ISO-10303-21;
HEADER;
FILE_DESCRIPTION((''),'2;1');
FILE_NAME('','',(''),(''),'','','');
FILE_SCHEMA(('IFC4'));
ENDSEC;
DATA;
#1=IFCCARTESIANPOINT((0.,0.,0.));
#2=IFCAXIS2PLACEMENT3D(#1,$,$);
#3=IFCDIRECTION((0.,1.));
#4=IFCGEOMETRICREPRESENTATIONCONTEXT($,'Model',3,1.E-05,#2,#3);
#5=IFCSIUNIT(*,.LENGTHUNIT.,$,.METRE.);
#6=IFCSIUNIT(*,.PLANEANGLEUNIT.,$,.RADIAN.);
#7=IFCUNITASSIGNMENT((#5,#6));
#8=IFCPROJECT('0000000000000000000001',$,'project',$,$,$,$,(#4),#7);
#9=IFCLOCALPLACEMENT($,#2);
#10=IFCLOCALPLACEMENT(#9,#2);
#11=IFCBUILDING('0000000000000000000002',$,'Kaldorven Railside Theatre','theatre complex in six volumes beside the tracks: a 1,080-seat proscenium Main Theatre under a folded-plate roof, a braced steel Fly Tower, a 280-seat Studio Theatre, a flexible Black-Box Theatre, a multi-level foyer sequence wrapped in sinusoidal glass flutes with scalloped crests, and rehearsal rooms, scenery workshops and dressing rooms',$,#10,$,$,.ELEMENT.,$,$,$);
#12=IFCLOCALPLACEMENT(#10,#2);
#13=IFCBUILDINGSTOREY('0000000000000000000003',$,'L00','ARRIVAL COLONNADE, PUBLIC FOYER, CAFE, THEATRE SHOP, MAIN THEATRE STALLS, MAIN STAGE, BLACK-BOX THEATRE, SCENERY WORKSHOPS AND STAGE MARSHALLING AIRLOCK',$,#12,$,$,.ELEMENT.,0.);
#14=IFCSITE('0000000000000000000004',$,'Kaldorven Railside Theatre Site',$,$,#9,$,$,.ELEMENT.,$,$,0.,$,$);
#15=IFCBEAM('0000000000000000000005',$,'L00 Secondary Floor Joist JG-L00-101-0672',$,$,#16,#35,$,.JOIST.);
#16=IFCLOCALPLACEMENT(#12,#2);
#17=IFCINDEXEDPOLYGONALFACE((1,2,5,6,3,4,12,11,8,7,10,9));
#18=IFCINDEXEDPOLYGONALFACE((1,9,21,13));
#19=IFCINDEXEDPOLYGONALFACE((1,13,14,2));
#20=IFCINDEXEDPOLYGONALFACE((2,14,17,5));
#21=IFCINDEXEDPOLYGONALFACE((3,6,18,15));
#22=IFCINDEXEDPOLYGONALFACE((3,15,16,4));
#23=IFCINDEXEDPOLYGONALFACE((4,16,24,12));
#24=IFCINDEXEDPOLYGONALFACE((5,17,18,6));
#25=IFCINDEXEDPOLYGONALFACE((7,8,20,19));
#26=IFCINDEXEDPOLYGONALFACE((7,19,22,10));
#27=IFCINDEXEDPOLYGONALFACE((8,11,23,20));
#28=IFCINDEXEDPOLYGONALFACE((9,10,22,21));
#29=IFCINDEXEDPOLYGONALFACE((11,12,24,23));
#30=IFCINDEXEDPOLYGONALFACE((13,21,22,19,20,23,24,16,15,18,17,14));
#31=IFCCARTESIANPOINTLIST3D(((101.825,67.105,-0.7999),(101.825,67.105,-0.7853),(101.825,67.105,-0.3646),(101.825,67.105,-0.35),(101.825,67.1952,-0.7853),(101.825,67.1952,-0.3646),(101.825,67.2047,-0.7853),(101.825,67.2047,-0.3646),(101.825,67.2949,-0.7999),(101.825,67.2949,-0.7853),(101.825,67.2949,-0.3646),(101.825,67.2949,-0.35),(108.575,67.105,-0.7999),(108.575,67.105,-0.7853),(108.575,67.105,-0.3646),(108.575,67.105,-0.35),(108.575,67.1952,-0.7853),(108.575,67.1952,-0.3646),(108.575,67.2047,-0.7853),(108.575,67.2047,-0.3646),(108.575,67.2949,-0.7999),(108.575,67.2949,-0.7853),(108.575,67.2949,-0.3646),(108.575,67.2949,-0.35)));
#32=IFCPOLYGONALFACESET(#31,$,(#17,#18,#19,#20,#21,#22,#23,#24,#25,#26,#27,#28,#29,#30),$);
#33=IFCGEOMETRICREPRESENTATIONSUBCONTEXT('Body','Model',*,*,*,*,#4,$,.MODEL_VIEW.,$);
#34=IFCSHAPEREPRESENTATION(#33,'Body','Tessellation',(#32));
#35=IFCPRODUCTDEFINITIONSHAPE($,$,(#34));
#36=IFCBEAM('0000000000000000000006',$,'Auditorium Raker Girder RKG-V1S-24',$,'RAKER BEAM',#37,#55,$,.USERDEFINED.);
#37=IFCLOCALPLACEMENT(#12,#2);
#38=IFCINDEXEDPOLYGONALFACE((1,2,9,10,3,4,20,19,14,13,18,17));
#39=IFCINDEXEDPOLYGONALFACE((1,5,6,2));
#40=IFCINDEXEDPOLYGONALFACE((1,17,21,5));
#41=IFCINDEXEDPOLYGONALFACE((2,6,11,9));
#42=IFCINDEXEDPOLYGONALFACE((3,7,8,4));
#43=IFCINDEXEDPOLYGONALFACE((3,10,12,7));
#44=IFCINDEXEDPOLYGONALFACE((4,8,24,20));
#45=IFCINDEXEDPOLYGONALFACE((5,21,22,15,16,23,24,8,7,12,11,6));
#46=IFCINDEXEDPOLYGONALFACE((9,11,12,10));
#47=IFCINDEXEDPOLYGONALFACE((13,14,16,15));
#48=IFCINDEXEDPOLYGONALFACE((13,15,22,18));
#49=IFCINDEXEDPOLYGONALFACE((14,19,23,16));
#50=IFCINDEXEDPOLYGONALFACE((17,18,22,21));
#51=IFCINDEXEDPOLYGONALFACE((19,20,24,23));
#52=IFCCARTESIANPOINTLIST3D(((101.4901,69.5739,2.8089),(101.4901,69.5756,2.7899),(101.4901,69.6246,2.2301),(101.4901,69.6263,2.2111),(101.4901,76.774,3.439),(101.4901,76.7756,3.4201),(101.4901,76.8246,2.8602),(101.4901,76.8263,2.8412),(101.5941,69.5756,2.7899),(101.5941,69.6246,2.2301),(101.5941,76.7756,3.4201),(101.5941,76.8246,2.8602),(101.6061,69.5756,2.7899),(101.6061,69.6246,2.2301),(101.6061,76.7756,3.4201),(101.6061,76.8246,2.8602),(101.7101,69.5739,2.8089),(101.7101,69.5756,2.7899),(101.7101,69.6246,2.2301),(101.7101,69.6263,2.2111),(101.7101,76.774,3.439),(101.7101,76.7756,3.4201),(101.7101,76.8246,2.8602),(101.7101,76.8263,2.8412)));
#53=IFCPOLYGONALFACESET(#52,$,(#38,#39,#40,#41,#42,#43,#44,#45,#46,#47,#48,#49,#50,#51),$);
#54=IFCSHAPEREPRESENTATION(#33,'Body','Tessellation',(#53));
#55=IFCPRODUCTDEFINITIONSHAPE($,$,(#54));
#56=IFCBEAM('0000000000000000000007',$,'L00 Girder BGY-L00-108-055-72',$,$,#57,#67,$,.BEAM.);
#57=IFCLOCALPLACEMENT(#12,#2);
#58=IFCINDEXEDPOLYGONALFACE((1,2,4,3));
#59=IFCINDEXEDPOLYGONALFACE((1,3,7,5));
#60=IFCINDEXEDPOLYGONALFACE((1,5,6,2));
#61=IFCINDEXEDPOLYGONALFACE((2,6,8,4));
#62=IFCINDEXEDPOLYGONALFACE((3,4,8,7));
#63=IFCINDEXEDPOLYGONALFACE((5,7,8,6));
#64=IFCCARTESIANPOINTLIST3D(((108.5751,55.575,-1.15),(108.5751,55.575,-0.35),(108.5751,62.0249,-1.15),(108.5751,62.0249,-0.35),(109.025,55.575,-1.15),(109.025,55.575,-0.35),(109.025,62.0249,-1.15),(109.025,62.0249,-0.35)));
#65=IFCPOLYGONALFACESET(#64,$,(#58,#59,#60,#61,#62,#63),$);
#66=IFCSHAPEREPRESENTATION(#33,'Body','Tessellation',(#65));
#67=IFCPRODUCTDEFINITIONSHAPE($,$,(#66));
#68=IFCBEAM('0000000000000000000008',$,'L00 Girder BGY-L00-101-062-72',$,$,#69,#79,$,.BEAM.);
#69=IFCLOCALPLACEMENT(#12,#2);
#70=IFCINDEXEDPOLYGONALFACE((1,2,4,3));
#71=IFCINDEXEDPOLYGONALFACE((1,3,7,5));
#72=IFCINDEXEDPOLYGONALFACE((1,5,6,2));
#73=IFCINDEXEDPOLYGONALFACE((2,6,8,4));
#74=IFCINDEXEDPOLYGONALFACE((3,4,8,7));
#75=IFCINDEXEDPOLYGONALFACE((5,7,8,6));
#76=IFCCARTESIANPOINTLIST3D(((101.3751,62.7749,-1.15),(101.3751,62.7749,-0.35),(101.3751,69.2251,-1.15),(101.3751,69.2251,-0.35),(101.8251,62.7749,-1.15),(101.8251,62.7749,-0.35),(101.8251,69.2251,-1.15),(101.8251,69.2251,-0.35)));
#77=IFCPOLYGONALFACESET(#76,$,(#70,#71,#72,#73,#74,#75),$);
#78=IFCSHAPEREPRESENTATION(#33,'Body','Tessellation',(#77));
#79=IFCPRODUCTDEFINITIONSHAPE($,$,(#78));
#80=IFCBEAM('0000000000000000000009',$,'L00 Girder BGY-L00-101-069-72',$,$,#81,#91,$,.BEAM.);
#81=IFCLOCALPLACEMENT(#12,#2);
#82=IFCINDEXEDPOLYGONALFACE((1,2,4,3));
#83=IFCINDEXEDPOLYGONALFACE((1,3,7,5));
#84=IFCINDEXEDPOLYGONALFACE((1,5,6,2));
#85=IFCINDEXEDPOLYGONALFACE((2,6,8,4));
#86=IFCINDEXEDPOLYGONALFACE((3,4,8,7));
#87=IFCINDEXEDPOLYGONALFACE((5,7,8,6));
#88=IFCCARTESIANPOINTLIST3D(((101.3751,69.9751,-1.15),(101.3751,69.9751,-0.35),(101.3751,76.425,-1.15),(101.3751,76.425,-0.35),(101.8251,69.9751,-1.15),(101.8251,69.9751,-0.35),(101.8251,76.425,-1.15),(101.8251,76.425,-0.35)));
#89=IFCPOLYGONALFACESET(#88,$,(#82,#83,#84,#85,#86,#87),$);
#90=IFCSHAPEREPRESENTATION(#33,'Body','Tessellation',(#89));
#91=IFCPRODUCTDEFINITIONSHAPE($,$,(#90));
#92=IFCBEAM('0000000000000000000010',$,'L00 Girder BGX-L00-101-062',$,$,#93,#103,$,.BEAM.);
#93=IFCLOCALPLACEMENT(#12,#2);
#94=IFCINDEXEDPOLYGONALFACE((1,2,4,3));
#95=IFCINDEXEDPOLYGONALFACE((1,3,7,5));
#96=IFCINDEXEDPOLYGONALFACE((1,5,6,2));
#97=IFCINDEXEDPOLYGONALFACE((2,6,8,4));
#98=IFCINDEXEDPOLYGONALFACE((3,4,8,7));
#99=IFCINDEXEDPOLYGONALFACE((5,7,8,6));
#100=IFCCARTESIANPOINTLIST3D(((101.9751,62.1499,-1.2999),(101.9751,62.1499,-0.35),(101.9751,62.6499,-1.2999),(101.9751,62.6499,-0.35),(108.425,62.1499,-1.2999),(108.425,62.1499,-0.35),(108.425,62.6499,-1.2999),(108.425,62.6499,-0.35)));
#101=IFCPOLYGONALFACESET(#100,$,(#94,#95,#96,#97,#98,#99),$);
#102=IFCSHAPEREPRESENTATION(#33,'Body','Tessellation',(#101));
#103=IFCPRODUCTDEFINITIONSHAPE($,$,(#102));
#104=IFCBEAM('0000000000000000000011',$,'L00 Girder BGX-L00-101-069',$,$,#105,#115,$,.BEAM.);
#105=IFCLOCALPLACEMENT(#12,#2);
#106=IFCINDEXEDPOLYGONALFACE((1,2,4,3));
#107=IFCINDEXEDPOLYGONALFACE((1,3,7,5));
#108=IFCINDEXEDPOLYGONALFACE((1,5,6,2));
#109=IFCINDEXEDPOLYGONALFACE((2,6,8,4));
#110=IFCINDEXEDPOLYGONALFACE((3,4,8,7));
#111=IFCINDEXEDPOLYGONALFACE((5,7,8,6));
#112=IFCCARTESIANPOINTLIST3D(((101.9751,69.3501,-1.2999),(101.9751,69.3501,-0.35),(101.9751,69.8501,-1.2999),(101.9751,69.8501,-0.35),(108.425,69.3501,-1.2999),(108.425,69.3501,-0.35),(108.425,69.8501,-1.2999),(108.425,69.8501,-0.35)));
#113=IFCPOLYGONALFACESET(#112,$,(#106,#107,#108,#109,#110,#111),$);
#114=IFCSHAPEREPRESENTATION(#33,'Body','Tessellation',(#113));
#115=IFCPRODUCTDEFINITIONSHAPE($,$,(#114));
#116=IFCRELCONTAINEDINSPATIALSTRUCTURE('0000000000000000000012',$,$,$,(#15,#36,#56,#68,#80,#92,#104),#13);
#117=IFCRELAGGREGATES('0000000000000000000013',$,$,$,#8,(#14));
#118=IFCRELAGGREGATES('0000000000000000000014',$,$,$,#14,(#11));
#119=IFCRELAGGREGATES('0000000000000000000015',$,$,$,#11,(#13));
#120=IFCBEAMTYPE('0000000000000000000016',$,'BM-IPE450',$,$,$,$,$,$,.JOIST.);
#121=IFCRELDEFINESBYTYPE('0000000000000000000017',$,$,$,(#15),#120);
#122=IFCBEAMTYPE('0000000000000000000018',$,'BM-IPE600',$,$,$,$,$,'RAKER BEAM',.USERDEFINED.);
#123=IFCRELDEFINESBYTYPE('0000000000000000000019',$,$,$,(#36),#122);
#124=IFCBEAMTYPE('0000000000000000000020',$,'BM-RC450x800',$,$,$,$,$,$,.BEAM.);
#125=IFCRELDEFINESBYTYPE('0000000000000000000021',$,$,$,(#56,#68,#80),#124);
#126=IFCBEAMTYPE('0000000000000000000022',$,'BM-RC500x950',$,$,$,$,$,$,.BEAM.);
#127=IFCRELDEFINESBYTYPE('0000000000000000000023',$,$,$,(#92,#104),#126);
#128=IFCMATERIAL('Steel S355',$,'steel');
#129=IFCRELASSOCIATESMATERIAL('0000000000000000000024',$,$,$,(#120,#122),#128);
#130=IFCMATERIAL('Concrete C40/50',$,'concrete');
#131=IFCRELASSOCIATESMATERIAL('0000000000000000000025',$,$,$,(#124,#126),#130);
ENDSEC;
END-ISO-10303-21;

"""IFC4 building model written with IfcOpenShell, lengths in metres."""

from ifc_helpers import new_model, si_unit, direction, frame, origin, origin_2d, place, context, subcontext, project, spatial, rectangle, i_section, extrude, material, material_profile, profile_set, type_object, element, save


model = new_model("IFC4")

# Units and contexts
model_context = context("Model", 3, precision=1e-05, world=origin(), true_north=direction((0.0, 1.0)))
body_context = subcontext(model_context, "Body", "Model", "MODEL_VIEW")
ifc_project = project(units=[si_unit("LENGTHUNIT", "METRE"), si_unit("PLANEANGLEUNIT", "RADIAN")], contexts=[model_context])

# Site, building, storey
site_placement = place(None, origin())
site = spatial("IfcSite", under=ifc_project, at=site_placement, Name="Kaldorven Railside Theatre Site", CompositionType="ELEMENT", RefElevation=0.0)
building_placement = place(site_placement, origin())
building = spatial("IfcBuilding", under=site, at=building_placement, Name="Kaldorven Railside Theatre", Description="theatre complex in six volumes beside the tracks: a 1,080-seat proscenium Main Theatre under a folded-plate roof, a braced steel Fly Tower, a 280-seat Studio Theatre, a flexible Black-Box Theatre, a multi-level foyer sequence wrapped in sinusoidal glass flutes with scalloped crests, and rehearsal rooms, scenery workshops and dressing rooms", CompositionType="ELEMENT")
storey_placement = place(building_placement, origin())
storey = spatial("IfcBuildingStorey", under=building, at=storey_placement, Name="L00", Description="ARRIVAL COLONNADE, PUBLIC FOYER, CAFE, THEATRE SHOP, MAIN THEATRE STALLS, MAIN STAGE, BLACK-BOX THEATRE, SCENERY WORKSHOPS AND STAGE MARSHALLING AIRLOCK", CompositionType="ELEMENT", Elevation=0.0)

# Shared definitions
ifc_material_1 = material(Name="Steel S355", Category="steel")

# Beams
ifc_material_profile_1 = material_profile(ifc_material_1, i_section(OverallWidth=0.1899, OverallDepth=0.45, WebThickness=0.0095, FlangeThickness=0.0146, at=origin_2d()), Name="IPE 450")
ifc_profile_set_1 = profile_set([ifc_material_profile_1], Name="Steel S355")
beam_type_1 = type_object("IfcBeamType", Name="BM-IPE450", PredefinedType="JOIST", material=ifc_profile_set_1)
for number, where, z_axis, x_axis, name in (
    (1, (101.825, 67.2, -0.575), (1.0, 0.0, 0.0), (0.0, 1.0, 0.0), "L00 Secondary Floor Joist JG-L00-101-0672"),
):
    element("IfcBeam", number, at=place(storey_placement, frame(where, z_axis=z_axis, x_axis=x_axis)), inside=storey, type_object=beam_type_1, Name=name, PredefinedType="JOIST", context=body_context, shape_type="SweptSolid", body=[
        extrude(i_section(OverallWidth=0.1899, OverallDepth=0.45, WebThickness=0.0095, FlangeThickness=0.0146, at=origin_2d()), origin(), (0.0, 0.0, 1.0), 6.75),
    ])
ifc_material_profile_2 = material_profile(ifc_material_1, i_section(OverallWidth=0.22, OverallDepth=0.6001, WebThickness=0.012, FlangeThickness=0.019, at=origin_2d()), Name="IPE 600")
ifc_profile_set_2 = profile_set([ifc_material_profile_2], Name="Steel S355")
beam_type_2 = type_object("IfcBeamType", Name="BM-IPE600", ElementType="RAKER BEAM", PredefinedType="USERDEFINED", material=ifc_profile_set_2)
beam_1_placement = place(storey_placement, frame((101.6001, 69.6001, 2.51), z_axis=(0.0, 0.996192, 0.087185), x_axis=(-1.0, 0.0, 0.0)))
element("IfcBeam", 2, at=beam_1_placement, inside=storey, type_object=beam_type_2, Name="Auditorium Raker Girder RKG-V1S-24", ObjectType="RAKER BEAM", PredefinedType="USERDEFINED", context=body_context, shape_type="SweptSolid", body=[
    extrude(i_section(OverallWidth=0.22, OverallDepth=0.6001, WebThickness=0.012, FlangeThickness=0.019, at=origin_2d()), origin(), (0.0, 0.0, 1.0), 7.2275),
])
ifc_material_2 = material(Name="Concrete C40/50", Category="concrete")
ifc_material_profile_3 = material_profile(ifc_material_2, rectangle(XDim=0.45, YDim=0.8, at=origin_2d()), Name="RC 450x800")
ifc_profile_set_3 = profile_set([ifc_material_profile_3], Name="Concrete C40/50")
beam_type_3 = type_object("IfcBeamType", Name="BM-RC450x800", PredefinedType="BEAM", material=ifc_profile_set_3)
beam_2_placement = place(storey_placement, frame((108.8, 55.575, -0.75), z_axis=(0.0, 1.0, 0.0), x_axis=(-1.0, 0.0, 0.0)))
element("IfcBeam", 3, at=beam_2_placement, inside=storey, type_object=beam_type_3, Name="L00 Girder BGY-L00-108-055-72", PredefinedType="BEAM", context=body_context, shape_type="SweptSolid", body=[
    extrude(rectangle(XDim=0.45, YDim=0.8, at=origin_2d()), origin(), (0.0, 0.0, 1.0), 6.45),
])
beam_3_placement = place(storey_placement, frame((101.6001, 62.7749, -0.75), z_axis=(0.0, 1.0, 0.0), x_axis=(-1.0, 0.0, 0.0)))
element("IfcBeam", 4, at=beam_3_placement, inside=storey, type_object=beam_type_3, Name="L00 Girder BGY-L00-101-062-72", PredefinedType="BEAM", context=body_context, shape_type="SweptSolid", body=[
    extrude(rectangle(XDim=0.45, YDim=0.8, at=origin_2d()), origin(), (0.0, 0.0, 1.0), 6.4502),
])
beam_4_placement = place(storey_placement, frame((101.6001, 69.9751, -0.75), z_axis=(0.0, 1.0, 0.0), x_axis=(-1.0, 0.0, 0.0)))
element("IfcBeam", 5, at=beam_4_placement, inside=storey, type_object=beam_type_3, Name="L00 Girder BGY-L00-101-069-72", PredefinedType="BEAM", context=body_context, shape_type="SweptSolid", body=[
    extrude(rectangle(XDim=0.45, YDim=0.8, at=origin_2d()), origin(), (0.0, 0.0, 1.0), 6.45),
])
ifc_material_profile_4 = material_profile(ifc_material_2, rectangle(XDim=0.5, YDim=0.95, at=origin_2d()), Name="RC 500x950")
ifc_profile_set_4 = profile_set([ifc_material_profile_4], Name="Concrete C40/50")
beam_type_4 = type_object("IfcBeamType", Name="BM-RC500x950", PredefinedType="BEAM", material=ifc_profile_set_4)
for number, where, z_axis, x_axis, name in (
    (6, (101.9751, 62.3999, -0.825), (1.0, 0.0, 0.0), (0.0, 1.0, 0.0), "L00 Girder BGX-L00-101-062"),
    (7, (101.9751, 69.6001, -0.825), (1.0, 0.0, 0.0), (0.0, 1.0, 0.0), "L00 Girder BGX-L00-101-069"),
):
    element("IfcBeam", number, at=place(storey_placement, frame(where, z_axis=z_axis, x_axis=x_axis)), inside=storey, type_object=beam_type_4, Name=name, PredefinedType="BEAM", context=body_context, shape_type="SweptSolid", body=[
        extrude(rectangle(XDim=0.5, YDim=0.95, at=origin_2d()), origin(), (0.0, 0.0, 1.0), 6.45),
    ])

save(model, "model.ifc")
